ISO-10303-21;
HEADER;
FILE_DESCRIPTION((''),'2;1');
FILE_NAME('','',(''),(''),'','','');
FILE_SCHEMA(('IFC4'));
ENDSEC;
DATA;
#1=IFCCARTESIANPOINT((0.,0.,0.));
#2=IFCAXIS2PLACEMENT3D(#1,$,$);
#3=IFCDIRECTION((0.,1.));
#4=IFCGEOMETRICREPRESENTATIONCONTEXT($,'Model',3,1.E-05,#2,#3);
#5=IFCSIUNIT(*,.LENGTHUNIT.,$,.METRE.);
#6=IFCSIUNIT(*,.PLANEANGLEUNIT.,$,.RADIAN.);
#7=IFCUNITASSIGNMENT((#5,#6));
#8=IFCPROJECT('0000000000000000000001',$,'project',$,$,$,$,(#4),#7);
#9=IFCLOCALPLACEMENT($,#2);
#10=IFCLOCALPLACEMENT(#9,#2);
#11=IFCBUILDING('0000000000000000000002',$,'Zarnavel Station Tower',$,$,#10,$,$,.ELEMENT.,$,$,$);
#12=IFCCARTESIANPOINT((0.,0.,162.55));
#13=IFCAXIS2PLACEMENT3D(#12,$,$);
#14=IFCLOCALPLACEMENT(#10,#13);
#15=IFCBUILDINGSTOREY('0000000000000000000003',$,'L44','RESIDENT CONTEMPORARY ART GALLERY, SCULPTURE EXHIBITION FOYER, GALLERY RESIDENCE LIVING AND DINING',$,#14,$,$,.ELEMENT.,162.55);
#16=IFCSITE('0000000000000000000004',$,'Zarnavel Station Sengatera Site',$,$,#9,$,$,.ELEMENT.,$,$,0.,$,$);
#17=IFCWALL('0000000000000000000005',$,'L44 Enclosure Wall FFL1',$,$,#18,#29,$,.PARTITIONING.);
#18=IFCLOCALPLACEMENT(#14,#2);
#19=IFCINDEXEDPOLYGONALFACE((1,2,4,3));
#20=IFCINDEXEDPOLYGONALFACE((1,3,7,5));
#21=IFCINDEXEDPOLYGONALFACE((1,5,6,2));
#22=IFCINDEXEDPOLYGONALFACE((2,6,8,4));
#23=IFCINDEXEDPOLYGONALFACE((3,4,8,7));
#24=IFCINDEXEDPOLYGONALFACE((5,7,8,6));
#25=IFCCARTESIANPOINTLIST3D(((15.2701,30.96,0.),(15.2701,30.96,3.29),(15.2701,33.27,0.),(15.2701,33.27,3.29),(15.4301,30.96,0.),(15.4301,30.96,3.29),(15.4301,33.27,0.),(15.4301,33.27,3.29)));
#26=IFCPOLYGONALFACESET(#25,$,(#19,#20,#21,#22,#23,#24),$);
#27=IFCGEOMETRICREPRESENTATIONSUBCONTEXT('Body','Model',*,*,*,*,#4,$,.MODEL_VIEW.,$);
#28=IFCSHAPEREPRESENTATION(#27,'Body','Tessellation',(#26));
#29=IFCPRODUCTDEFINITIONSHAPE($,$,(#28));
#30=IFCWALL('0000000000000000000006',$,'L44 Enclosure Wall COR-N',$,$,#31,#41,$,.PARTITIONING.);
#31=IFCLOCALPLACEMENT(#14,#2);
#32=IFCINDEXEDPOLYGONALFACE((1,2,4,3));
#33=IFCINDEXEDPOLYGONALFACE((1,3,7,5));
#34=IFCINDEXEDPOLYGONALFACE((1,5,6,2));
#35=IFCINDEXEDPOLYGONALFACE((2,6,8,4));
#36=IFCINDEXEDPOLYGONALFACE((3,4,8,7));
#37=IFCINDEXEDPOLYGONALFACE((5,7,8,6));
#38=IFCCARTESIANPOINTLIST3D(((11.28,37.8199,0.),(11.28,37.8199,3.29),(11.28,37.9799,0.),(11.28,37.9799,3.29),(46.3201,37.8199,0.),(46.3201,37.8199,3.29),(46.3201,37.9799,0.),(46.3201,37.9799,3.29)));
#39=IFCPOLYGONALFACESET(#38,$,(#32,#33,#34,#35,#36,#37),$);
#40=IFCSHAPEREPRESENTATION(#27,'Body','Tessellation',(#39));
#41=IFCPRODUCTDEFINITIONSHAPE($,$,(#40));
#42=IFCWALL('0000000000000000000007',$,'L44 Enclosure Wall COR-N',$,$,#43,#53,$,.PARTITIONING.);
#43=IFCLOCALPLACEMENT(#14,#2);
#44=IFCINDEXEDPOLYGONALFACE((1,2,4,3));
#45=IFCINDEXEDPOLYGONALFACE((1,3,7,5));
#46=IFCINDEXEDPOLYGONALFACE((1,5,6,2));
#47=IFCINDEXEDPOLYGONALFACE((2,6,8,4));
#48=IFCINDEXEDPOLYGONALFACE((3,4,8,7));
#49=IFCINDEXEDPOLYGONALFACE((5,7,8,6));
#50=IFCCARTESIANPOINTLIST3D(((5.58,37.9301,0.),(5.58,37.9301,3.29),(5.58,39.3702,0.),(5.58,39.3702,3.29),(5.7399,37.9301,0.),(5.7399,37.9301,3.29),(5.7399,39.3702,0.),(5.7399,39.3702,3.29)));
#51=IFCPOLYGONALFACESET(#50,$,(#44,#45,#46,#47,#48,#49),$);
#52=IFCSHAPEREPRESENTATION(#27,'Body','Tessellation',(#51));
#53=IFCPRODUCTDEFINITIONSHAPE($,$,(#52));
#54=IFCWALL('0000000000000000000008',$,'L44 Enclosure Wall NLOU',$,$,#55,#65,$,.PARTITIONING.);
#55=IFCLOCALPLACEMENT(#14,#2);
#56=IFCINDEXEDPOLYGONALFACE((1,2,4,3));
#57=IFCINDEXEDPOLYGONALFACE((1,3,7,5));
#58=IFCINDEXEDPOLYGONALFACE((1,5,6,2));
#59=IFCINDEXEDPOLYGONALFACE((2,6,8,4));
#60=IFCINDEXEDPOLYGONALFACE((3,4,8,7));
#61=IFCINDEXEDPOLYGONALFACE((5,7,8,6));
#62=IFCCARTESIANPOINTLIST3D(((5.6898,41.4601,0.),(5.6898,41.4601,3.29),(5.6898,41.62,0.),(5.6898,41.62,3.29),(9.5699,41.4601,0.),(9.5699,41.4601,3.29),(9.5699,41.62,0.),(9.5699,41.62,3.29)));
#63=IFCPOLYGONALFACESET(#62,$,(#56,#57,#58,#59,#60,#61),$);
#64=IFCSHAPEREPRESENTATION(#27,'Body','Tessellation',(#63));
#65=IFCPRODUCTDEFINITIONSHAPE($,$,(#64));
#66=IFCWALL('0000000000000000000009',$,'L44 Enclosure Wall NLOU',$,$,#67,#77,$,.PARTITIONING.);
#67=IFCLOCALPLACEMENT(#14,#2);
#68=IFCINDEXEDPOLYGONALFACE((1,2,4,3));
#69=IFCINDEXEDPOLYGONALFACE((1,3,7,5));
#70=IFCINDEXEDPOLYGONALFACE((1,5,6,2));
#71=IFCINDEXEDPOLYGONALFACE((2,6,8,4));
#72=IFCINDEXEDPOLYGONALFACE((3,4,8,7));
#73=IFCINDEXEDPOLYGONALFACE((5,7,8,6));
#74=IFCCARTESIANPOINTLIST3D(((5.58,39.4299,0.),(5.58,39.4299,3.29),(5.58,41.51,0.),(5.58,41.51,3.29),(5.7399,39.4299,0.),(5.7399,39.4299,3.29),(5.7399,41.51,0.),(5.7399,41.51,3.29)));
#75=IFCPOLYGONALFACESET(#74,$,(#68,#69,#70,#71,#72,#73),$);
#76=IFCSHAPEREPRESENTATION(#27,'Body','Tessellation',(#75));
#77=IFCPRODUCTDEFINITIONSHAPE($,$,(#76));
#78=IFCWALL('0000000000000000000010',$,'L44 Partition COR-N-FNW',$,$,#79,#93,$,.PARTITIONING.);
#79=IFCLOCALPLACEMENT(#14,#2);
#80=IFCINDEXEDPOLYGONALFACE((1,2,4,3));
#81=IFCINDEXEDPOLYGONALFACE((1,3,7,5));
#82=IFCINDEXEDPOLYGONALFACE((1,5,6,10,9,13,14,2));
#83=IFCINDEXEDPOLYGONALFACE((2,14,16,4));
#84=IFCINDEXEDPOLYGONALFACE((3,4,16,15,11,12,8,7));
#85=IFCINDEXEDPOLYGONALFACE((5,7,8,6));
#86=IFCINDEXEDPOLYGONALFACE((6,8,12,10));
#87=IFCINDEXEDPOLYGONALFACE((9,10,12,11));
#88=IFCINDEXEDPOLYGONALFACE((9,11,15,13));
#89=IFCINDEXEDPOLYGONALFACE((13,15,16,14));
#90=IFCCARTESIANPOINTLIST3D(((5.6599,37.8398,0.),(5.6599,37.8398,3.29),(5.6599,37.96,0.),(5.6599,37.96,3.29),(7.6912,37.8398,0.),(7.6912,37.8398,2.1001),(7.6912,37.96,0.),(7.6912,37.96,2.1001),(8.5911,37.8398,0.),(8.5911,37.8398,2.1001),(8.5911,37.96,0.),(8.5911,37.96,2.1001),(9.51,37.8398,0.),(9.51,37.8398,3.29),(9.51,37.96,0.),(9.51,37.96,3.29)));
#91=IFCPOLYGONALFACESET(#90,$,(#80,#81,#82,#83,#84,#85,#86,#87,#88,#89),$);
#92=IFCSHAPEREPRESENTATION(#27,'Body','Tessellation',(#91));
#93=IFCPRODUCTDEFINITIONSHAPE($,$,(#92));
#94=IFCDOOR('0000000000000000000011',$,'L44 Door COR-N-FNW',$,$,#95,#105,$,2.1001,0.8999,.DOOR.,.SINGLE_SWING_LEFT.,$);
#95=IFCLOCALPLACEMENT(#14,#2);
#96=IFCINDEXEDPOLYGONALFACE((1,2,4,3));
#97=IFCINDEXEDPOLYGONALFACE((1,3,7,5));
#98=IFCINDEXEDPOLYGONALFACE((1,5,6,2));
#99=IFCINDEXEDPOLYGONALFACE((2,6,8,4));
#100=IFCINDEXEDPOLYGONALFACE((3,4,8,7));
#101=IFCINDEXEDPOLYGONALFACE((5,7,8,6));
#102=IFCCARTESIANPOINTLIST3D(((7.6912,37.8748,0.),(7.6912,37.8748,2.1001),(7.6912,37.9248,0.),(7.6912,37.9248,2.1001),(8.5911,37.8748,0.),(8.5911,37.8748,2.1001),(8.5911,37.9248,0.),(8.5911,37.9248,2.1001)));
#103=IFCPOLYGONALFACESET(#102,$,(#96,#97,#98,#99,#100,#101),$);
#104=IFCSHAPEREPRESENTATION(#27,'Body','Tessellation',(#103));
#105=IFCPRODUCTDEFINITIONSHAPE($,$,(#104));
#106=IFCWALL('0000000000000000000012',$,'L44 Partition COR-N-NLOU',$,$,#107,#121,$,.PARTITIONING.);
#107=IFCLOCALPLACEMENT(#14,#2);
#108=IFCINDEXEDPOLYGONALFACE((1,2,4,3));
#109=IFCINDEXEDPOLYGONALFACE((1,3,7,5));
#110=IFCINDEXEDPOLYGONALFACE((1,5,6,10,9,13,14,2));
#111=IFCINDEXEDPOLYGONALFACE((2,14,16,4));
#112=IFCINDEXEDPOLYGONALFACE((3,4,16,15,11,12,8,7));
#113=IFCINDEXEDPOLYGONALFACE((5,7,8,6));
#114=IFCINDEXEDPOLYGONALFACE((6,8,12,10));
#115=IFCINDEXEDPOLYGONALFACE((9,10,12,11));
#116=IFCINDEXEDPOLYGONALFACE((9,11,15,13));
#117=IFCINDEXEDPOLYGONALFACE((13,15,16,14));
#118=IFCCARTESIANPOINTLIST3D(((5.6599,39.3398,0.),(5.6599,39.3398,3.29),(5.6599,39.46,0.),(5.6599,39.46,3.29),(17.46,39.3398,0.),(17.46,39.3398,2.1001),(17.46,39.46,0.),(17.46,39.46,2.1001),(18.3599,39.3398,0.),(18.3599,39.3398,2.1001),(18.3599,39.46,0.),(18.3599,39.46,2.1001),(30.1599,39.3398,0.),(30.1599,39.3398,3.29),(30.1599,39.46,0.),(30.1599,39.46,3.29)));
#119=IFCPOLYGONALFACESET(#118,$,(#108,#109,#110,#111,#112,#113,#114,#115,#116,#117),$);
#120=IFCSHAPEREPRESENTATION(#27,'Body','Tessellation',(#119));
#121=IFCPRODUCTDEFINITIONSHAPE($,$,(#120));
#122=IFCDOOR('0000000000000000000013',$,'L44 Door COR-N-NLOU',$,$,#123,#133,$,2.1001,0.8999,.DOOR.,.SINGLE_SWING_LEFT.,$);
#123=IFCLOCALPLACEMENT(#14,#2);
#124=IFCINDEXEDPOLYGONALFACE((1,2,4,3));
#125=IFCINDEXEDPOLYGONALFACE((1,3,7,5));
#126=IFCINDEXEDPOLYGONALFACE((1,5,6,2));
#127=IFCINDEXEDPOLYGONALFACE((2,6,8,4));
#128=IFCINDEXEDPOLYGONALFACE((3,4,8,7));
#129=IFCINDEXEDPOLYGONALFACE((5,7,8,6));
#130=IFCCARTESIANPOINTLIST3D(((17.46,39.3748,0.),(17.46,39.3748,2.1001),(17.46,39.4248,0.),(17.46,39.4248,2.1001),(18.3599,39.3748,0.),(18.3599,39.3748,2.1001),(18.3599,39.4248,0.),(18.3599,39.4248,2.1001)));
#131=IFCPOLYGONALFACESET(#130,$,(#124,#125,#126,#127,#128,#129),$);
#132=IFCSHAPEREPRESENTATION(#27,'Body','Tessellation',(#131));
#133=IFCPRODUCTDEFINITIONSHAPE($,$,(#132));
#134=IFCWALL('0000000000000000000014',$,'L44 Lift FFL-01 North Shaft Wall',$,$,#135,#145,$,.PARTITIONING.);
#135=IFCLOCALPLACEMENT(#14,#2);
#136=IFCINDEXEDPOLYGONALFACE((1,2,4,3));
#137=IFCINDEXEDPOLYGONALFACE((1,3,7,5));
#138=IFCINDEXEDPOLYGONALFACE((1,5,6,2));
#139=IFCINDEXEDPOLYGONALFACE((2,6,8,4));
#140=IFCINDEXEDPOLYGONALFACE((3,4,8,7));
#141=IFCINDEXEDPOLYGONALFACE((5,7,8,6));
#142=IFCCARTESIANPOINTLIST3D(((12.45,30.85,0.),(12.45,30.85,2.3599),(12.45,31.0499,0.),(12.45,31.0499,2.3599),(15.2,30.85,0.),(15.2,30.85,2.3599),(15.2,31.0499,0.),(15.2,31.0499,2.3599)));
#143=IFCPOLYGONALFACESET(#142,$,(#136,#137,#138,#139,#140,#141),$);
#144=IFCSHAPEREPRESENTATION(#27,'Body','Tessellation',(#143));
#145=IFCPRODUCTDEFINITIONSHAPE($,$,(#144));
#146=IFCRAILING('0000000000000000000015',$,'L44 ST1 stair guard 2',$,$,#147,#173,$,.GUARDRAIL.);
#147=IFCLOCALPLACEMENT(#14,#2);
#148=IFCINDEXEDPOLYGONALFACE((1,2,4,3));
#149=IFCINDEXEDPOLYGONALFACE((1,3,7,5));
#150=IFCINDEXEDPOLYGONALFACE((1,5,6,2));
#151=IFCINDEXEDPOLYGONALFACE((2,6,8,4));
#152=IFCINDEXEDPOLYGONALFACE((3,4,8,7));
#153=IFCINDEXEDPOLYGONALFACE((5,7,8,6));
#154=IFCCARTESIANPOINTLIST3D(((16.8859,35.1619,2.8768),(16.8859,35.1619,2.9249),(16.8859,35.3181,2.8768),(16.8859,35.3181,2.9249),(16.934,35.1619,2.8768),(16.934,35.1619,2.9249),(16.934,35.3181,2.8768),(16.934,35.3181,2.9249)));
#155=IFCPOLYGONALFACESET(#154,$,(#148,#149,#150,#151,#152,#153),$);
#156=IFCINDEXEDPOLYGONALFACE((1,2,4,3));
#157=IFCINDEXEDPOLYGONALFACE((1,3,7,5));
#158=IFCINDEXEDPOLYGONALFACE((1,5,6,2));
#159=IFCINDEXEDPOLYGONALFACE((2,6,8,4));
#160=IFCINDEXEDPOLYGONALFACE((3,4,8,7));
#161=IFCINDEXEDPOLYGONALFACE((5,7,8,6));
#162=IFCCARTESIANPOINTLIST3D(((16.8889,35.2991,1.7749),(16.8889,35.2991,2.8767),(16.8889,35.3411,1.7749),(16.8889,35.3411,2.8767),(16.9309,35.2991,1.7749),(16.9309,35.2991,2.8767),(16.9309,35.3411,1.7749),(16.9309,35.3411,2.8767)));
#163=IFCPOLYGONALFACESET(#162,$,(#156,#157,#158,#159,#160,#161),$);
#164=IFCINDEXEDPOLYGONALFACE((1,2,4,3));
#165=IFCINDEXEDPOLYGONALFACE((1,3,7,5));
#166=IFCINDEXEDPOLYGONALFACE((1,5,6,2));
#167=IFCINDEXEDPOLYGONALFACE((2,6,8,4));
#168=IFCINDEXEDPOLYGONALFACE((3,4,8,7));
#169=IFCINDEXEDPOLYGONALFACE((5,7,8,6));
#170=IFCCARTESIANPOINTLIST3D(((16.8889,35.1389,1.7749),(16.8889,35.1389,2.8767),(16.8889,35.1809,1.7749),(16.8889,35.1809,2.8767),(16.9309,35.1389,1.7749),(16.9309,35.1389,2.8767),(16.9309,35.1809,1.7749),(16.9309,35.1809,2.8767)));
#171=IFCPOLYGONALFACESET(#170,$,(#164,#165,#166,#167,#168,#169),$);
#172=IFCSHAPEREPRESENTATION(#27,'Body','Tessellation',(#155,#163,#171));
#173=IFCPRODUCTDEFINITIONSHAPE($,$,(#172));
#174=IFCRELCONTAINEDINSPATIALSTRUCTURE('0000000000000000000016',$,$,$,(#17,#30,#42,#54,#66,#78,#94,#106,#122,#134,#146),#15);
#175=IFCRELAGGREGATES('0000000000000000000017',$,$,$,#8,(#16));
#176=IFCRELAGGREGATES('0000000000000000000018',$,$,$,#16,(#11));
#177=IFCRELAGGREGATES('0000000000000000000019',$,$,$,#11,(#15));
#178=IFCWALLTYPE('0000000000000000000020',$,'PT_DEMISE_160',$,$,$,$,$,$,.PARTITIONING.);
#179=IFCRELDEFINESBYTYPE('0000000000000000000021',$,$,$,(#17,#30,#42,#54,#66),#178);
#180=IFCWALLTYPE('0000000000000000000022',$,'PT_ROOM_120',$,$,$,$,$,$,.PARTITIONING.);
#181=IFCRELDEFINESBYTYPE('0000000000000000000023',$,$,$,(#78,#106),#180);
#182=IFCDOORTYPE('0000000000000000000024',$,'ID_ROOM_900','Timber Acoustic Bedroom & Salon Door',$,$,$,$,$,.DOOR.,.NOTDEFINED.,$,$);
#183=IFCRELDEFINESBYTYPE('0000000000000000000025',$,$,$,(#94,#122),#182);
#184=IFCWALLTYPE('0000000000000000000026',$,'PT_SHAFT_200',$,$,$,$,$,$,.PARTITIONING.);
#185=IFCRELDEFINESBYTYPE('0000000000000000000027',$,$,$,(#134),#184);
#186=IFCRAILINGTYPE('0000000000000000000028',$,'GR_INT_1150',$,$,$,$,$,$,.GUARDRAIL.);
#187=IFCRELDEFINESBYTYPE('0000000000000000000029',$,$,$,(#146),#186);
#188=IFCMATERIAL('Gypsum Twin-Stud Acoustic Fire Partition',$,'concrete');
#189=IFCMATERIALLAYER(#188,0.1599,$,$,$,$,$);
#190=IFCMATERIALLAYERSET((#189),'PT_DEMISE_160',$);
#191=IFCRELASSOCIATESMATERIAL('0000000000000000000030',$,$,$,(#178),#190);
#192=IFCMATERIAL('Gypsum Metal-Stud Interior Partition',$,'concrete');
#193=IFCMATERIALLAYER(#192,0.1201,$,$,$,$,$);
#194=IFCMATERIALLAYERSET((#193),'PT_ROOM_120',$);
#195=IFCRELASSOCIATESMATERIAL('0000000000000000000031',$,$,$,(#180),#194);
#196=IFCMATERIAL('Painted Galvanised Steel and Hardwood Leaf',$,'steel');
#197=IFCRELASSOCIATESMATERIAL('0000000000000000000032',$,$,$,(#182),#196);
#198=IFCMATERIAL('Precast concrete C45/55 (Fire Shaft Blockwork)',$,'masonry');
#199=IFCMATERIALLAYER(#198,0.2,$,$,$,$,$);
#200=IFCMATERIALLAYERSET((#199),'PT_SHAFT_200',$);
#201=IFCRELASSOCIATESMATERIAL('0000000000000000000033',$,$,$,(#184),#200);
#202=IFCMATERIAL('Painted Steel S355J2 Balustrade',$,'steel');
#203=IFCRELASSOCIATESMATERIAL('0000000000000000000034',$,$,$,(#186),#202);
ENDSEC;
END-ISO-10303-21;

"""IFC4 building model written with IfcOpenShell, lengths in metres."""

from ifc_helpers import new_model, si_unit, direction, frame, frame_2d, origin, origin_2d, place, context, subcontext, project, spatial, rectangle, extrude, material, layer, layer_set, type_object, element, fill, save


model = new_model("IFC4")

# Units and contexts
model_context = context("Model", 3, precision=1e-05, world=origin(), true_north=direction((0.0, 1.0)))
body_context = subcontext(model_context, "Body", "Model", "MODEL_VIEW")
ifc_project = project(units=[si_unit("LENGTHUNIT", "METRE"), si_unit("PLANEANGLEUNIT", "RADIAN")], contexts=[model_context])

# Site, building, storey
site_placement = place(None, origin())
site = spatial("IfcSite", under=ifc_project, at=site_placement, Name="Zarnavel Station Sengatera Site", CompositionType="ELEMENT", RefElevation=0.0)
building_placement = place(site_placement, origin())
building = spatial("IfcBuilding", under=site, at=building_placement, Name="Zarnavel Station Tower", CompositionType="ELEMENT")
storey_placement = place(building_placement, frame((0.0, 0.0, 162.55)))
storey = spatial("IfcBuildingStorey", under=building, at=storey_placement, Name="L44", Description="RESIDENT CONTEMPORARY ART GALLERY, SCULPTURE EXHIBITION FOYER, GALLERY RESIDENCE LIVING AND DINING", CompositionType="ELEMENT", Elevation=162.55)

# Walls
ifc_material_1 = material(Name="Gypsum Twin-Stud Acoustic Fire Partition", Category="concrete")
ifc_layer_1 = layer(ifc_material_1, 0.1599)
ifc_layer_set_1 = layer_set([ifc_layer_1], Name="PT_DEMISE_160")
wall_type_1 = type_object("IfcWallType", Name="PT_DEMISE_160", PredefinedType="PARTITIONING", material=ifc_layer_set_1)
wall_1_placement = place(storey_placement, frame((15.3501, 30.96, 0.0), z_axis=(0.0, 0.0, 1.0), x_axis=(0.0, 1.0, 0.0)))
element("IfcWall", 1, at=wall_1_placement, inside=storey, type_object=wall_type_1, Name="L44 Enclosure Wall FFL1", PredefinedType="PARTITIONING", context=body_context, shape_type="SweptSolid", body=[
    extrude(rectangle(XDim=2.3101, YDim=0.1599, at=frame_2d((1.155, 0.0))), origin(), (0.0, 0.0, 1.0), 3.29),
])
wall_2_placement = place(storey_placement, frame((11.28, 37.8999, 0.0), z_axis=(0.0, 0.0, 1.0), x_axis=(1.0, 0.0, 0.0)))
element("IfcWall", 2, at=wall_2_placement, inside=storey, type_object=wall_type_1, Name="L44 Enclosure Wall COR-N", PredefinedType="PARTITIONING", context=body_context, shape_type="SweptSolid", body=[
    extrude(rectangle(XDim=35.04, YDim=0.1599, at=frame_2d((17.52, 0.0))), origin(), (0.0, 0.0, 1.0), 3.29),
])
wall_3_placement = place(storey_placement, frame((5.6599, 37.9299, 0.0), z_axis=(0.0, 0.0, 1.0), x_axis=(0.0, 1.0, 0.0)))
element("IfcWall", 3, at=wall_3_placement, inside=storey, type_object=wall_type_1, Name="L44 Enclosure Wall COR-N", PredefinedType="PARTITIONING", context=body_context, shape_type="SweptSolid", body=[
    extrude(rectangle(XDim=1.4402, YDim=0.1599, at=frame_2d((0.7202, 0.0))), origin(), (0.0, 0.0, 1.0), 3.29),
])
wall_4_placement = place(storey_placement, frame((5.6899, 41.54, 0.0), z_axis=(0.0, 0.0, 1.0), x_axis=(1.0, 0.0, 0.0)))
element("IfcWall", 4, at=wall_4_placement, inside=storey, type_object=wall_type_1, Name="L44 Enclosure Wall NLOU", PredefinedType="PARTITIONING", context=body_context, shape_type="SweptSolid", body=[
    extrude(rectangle(XDim=3.8801, YDim=0.1599, at=frame_2d((1.9399, 0.0))), origin(), (0.0, 0.0, 1.0), 3.29),
])
wall_5_placement = place(storey_placement, frame((5.6599, 39.4299, 0.0), z_axis=(0.0, 0.0, 1.0), x_axis=(0.0, 1.0, 0.0)))
element("IfcWall", 5, at=wall_5_placement, inside=storey, type_object=wall_type_1, Name="L44 Enclosure Wall NLOU", PredefinedType="PARTITIONING", context=body_context, shape_type="SweptSolid", body=[
    extrude(rectangle(XDim=2.0801, YDim=0.1599, at=frame_2d((1.04, 0.0))), origin(), (0.0, 0.0, 1.0), 3.29),
])

# Walls, openings, doors
ifc_material_2 = material(Name="Gypsum Metal-Stud Interior Partition", Category="concrete")
ifc_layer_2 = layer(ifc_material_2, 0.1201)
ifc_layer_set_2 = layer_set([ifc_layer_2], Name="PT_ROOM_120")
wall_type_2 = type_object("IfcWallType", Name="PT_ROOM_120", PredefinedType="PARTITIONING", material=ifc_layer_set_2)
wall_6_placement = place(storey_placement, frame((5.6599, 37.8999, 0.0), z_axis=(0.0, 0.0, 1.0), x_axis=(1.0, 0.0, 0.0)))
wall_6 = element("IfcWall", 6, at=wall_6_placement, inside=storey, type_object=wall_type_2, Name="L44 Partition COR-N-FNW", PredefinedType="PARTITIONING", context=body_context, shape_type="SweptSolid", body=[
    extrude(rectangle(XDim=3.8501, YDim=0.1201, at=frame_2d((1.925, 0.0))), origin(), (0.0, 0.0, 1.0), 3.29),
])
opening_1_placement = place(wall_6_placement, frame((2.0312, 0.0, 0.0)))
opening_1 = element("IfcOpeningElement", 7, at=opening_1_placement, cuts=wall_6, PredefinedType="OPENING", context=body_context, shape_type="SweptSolid", body=[
    extrude(rectangle(XDim=0.8999, YDim=2.1001, at=frame_2d((0.45, 1.05))), frame((0.0, 0.0701, 0.0), z_axis=(0.0, -1.0, 0.0), x_axis=(1.0, 0.0, 0.0)), (0.0, 0.0, 1.0), 0.1401),
])
ifc_material_3 = material(Name="Painted Galvanised Steel and Hardwood Leaf", Category="steel")
door_type = type_object("IfcDoorType", Name="ID_ROOM_900", Description="Timber Acoustic Bedroom & Salon Door", OperationType="NOTDEFINED", PredefinedType="DOOR", material=ifc_material_3)
door_1_placement = place(opening_1_placement, origin())
door_1 = element("IfcDoor", 8, at=door_1_placement, inside=storey, type_object=door_type, Name="L44 Door COR-N-FNW", OperationType="SINGLE_SWING_LEFT", OverallHeight=2.1001, OverallWidth=0.8999, PredefinedType="DOOR", context=body_context, shape_type="SweptSolid", body=[
    extrude(rectangle(XDim=0.8999, YDim=2.1001, at=frame_2d((0.45, 1.05))), frame((0.0, 0.0249, 0.0), z_axis=(0.0, -1.0, 0.0), x_axis=(1.0, 0.0, 0.0)), (0.0, 0.0, 1.0), 0.05),
])
fill(opening_1, door_1)
wall_7_placement = place(storey_placement, frame((5.6599, 39.3999, 0.0), z_axis=(0.0, 0.0, 1.0), x_axis=(1.0, 0.0, 0.0)))
wall_7 = element("IfcWall", 9, at=wall_7_placement, inside=storey, type_object=wall_type_2, Name="L44 Partition COR-N-NLOU", PredefinedType="PARTITIONING", context=body_context, shape_type="SweptSolid", body=[
    extrude(rectangle(XDim=24.5, YDim=0.1201, at=frame_2d((12.25, 0.0))), origin(), (0.0, 0.0, 1.0), 3.29),
])
opening_2_placement = place(wall_7_placement, frame((11.8, 0.0, 0.0)))
opening_2 = element("IfcOpeningElement", 10, at=opening_2_placement, cuts=wall_7, PredefinedType="OPENING", context=body_context, shape_type="SweptSolid", body=[
    extrude(rectangle(XDim=0.8999, YDim=2.1001, at=frame_2d((0.45, 1.05))), frame((0.0, 0.0701, 0.0), z_axis=(0.0, -1.0, 0.0), x_axis=(1.0, 0.0, 0.0)), (0.0, 0.0, 1.0), 0.1401),
])
door_2_placement = place(opening_2_placement, origin())
door_2 = element("IfcDoor", 11, at=door_2_placement, inside=storey, type_object=door_type, Name="L44 Door COR-N-NLOU", OperationType="SINGLE_SWING_LEFT", OverallHeight=2.1001, OverallWidth=0.8999, PredefinedType="DOOR", context=body_context, shape_type="SweptSolid", body=[
    extrude(rectangle(XDim=0.8999, YDim=2.1001, at=frame_2d((0.45, 1.05))), frame((0.0, 0.0249, 0.0), z_axis=(0.0, -1.0, 0.0), x_axis=(1.0, 0.0, 0.0)), (0.0, 0.0, 1.0), 0.05),
])
fill(opening_2, door_2)

# Wall
ifc_material_4 = material(Name="Precast concrete C45/55 (Fire Shaft Blockwork)", Category="masonry")
ifc_layer_3 = layer(ifc_material_4, 0.2)
ifc_layer_set_3 = layer_set([ifc_layer_3], Name="PT_SHAFT_200")
wall_type_3 = type_object("IfcWallType", Name="PT_SHAFT_200", PredefinedType="PARTITIONING", material=ifc_layer_set_3)
wall_8_placement = place(storey_placement, frame((12.45, 30.95, 0.0), z_axis=(0.0, 0.0, 1.0), x_axis=(1.0, 0.0, 0.0)))
element("IfcWall", 12, at=wall_8_placement, inside=storey, type_object=wall_type_3, Name="L44 Lift FFL-01 North Shaft Wall", PredefinedType="PARTITIONING", context=body_context, shape_type="SweptSolid", body=[
    extrude(rectangle(XDim=2.75, YDim=0.2, at=frame_2d((1.375, 0.0))), origin(), (0.0, 0.0, 1.0), 2.3599),
])

# Railing
ifc_material_5 = material(Name="Painted Steel S355J2 Balustrade", Category="steel")
railing_type = type_object("IfcRailingType", Name="GR_INT_1150", PredefinedType="GUARDRAIL", material=ifc_material_5)
railing_placement = place(storey_placement, frame((16.9099, 35.3201, 1.7749)))
element("IfcRailing", 13, at=railing_placement, inside=storey, type_object=railing_type, Name="L44 ST1 stair guard 2", PredefinedType="GUARDRAIL", context=body_context, shape_type="SweptSolid", body=[
    extrude(rectangle(XDim=0.0481, YDim=0.0481, at=origin_2d()), frame((0.0, -0.002, 1.126), z_axis=(0.0, -1.0, 0.0), x_axis=(1.0, 0.0, 0.0)), (0.0, 0.0, 1.0), 0.1562),
    extrude(rectangle(XDim=0.042, YDim=0.042, at=origin_2d()), origin(), (0.0, 0.0, 1.0), 1.1018),
    extrude(rectangle(XDim=0.042, YDim=0.042, at=origin_2d()), frame((0.0, -0.1602, 0.0)), (0.0, 0.0, 1.0), 1.1018),
])

save(model, "model.ifc")
